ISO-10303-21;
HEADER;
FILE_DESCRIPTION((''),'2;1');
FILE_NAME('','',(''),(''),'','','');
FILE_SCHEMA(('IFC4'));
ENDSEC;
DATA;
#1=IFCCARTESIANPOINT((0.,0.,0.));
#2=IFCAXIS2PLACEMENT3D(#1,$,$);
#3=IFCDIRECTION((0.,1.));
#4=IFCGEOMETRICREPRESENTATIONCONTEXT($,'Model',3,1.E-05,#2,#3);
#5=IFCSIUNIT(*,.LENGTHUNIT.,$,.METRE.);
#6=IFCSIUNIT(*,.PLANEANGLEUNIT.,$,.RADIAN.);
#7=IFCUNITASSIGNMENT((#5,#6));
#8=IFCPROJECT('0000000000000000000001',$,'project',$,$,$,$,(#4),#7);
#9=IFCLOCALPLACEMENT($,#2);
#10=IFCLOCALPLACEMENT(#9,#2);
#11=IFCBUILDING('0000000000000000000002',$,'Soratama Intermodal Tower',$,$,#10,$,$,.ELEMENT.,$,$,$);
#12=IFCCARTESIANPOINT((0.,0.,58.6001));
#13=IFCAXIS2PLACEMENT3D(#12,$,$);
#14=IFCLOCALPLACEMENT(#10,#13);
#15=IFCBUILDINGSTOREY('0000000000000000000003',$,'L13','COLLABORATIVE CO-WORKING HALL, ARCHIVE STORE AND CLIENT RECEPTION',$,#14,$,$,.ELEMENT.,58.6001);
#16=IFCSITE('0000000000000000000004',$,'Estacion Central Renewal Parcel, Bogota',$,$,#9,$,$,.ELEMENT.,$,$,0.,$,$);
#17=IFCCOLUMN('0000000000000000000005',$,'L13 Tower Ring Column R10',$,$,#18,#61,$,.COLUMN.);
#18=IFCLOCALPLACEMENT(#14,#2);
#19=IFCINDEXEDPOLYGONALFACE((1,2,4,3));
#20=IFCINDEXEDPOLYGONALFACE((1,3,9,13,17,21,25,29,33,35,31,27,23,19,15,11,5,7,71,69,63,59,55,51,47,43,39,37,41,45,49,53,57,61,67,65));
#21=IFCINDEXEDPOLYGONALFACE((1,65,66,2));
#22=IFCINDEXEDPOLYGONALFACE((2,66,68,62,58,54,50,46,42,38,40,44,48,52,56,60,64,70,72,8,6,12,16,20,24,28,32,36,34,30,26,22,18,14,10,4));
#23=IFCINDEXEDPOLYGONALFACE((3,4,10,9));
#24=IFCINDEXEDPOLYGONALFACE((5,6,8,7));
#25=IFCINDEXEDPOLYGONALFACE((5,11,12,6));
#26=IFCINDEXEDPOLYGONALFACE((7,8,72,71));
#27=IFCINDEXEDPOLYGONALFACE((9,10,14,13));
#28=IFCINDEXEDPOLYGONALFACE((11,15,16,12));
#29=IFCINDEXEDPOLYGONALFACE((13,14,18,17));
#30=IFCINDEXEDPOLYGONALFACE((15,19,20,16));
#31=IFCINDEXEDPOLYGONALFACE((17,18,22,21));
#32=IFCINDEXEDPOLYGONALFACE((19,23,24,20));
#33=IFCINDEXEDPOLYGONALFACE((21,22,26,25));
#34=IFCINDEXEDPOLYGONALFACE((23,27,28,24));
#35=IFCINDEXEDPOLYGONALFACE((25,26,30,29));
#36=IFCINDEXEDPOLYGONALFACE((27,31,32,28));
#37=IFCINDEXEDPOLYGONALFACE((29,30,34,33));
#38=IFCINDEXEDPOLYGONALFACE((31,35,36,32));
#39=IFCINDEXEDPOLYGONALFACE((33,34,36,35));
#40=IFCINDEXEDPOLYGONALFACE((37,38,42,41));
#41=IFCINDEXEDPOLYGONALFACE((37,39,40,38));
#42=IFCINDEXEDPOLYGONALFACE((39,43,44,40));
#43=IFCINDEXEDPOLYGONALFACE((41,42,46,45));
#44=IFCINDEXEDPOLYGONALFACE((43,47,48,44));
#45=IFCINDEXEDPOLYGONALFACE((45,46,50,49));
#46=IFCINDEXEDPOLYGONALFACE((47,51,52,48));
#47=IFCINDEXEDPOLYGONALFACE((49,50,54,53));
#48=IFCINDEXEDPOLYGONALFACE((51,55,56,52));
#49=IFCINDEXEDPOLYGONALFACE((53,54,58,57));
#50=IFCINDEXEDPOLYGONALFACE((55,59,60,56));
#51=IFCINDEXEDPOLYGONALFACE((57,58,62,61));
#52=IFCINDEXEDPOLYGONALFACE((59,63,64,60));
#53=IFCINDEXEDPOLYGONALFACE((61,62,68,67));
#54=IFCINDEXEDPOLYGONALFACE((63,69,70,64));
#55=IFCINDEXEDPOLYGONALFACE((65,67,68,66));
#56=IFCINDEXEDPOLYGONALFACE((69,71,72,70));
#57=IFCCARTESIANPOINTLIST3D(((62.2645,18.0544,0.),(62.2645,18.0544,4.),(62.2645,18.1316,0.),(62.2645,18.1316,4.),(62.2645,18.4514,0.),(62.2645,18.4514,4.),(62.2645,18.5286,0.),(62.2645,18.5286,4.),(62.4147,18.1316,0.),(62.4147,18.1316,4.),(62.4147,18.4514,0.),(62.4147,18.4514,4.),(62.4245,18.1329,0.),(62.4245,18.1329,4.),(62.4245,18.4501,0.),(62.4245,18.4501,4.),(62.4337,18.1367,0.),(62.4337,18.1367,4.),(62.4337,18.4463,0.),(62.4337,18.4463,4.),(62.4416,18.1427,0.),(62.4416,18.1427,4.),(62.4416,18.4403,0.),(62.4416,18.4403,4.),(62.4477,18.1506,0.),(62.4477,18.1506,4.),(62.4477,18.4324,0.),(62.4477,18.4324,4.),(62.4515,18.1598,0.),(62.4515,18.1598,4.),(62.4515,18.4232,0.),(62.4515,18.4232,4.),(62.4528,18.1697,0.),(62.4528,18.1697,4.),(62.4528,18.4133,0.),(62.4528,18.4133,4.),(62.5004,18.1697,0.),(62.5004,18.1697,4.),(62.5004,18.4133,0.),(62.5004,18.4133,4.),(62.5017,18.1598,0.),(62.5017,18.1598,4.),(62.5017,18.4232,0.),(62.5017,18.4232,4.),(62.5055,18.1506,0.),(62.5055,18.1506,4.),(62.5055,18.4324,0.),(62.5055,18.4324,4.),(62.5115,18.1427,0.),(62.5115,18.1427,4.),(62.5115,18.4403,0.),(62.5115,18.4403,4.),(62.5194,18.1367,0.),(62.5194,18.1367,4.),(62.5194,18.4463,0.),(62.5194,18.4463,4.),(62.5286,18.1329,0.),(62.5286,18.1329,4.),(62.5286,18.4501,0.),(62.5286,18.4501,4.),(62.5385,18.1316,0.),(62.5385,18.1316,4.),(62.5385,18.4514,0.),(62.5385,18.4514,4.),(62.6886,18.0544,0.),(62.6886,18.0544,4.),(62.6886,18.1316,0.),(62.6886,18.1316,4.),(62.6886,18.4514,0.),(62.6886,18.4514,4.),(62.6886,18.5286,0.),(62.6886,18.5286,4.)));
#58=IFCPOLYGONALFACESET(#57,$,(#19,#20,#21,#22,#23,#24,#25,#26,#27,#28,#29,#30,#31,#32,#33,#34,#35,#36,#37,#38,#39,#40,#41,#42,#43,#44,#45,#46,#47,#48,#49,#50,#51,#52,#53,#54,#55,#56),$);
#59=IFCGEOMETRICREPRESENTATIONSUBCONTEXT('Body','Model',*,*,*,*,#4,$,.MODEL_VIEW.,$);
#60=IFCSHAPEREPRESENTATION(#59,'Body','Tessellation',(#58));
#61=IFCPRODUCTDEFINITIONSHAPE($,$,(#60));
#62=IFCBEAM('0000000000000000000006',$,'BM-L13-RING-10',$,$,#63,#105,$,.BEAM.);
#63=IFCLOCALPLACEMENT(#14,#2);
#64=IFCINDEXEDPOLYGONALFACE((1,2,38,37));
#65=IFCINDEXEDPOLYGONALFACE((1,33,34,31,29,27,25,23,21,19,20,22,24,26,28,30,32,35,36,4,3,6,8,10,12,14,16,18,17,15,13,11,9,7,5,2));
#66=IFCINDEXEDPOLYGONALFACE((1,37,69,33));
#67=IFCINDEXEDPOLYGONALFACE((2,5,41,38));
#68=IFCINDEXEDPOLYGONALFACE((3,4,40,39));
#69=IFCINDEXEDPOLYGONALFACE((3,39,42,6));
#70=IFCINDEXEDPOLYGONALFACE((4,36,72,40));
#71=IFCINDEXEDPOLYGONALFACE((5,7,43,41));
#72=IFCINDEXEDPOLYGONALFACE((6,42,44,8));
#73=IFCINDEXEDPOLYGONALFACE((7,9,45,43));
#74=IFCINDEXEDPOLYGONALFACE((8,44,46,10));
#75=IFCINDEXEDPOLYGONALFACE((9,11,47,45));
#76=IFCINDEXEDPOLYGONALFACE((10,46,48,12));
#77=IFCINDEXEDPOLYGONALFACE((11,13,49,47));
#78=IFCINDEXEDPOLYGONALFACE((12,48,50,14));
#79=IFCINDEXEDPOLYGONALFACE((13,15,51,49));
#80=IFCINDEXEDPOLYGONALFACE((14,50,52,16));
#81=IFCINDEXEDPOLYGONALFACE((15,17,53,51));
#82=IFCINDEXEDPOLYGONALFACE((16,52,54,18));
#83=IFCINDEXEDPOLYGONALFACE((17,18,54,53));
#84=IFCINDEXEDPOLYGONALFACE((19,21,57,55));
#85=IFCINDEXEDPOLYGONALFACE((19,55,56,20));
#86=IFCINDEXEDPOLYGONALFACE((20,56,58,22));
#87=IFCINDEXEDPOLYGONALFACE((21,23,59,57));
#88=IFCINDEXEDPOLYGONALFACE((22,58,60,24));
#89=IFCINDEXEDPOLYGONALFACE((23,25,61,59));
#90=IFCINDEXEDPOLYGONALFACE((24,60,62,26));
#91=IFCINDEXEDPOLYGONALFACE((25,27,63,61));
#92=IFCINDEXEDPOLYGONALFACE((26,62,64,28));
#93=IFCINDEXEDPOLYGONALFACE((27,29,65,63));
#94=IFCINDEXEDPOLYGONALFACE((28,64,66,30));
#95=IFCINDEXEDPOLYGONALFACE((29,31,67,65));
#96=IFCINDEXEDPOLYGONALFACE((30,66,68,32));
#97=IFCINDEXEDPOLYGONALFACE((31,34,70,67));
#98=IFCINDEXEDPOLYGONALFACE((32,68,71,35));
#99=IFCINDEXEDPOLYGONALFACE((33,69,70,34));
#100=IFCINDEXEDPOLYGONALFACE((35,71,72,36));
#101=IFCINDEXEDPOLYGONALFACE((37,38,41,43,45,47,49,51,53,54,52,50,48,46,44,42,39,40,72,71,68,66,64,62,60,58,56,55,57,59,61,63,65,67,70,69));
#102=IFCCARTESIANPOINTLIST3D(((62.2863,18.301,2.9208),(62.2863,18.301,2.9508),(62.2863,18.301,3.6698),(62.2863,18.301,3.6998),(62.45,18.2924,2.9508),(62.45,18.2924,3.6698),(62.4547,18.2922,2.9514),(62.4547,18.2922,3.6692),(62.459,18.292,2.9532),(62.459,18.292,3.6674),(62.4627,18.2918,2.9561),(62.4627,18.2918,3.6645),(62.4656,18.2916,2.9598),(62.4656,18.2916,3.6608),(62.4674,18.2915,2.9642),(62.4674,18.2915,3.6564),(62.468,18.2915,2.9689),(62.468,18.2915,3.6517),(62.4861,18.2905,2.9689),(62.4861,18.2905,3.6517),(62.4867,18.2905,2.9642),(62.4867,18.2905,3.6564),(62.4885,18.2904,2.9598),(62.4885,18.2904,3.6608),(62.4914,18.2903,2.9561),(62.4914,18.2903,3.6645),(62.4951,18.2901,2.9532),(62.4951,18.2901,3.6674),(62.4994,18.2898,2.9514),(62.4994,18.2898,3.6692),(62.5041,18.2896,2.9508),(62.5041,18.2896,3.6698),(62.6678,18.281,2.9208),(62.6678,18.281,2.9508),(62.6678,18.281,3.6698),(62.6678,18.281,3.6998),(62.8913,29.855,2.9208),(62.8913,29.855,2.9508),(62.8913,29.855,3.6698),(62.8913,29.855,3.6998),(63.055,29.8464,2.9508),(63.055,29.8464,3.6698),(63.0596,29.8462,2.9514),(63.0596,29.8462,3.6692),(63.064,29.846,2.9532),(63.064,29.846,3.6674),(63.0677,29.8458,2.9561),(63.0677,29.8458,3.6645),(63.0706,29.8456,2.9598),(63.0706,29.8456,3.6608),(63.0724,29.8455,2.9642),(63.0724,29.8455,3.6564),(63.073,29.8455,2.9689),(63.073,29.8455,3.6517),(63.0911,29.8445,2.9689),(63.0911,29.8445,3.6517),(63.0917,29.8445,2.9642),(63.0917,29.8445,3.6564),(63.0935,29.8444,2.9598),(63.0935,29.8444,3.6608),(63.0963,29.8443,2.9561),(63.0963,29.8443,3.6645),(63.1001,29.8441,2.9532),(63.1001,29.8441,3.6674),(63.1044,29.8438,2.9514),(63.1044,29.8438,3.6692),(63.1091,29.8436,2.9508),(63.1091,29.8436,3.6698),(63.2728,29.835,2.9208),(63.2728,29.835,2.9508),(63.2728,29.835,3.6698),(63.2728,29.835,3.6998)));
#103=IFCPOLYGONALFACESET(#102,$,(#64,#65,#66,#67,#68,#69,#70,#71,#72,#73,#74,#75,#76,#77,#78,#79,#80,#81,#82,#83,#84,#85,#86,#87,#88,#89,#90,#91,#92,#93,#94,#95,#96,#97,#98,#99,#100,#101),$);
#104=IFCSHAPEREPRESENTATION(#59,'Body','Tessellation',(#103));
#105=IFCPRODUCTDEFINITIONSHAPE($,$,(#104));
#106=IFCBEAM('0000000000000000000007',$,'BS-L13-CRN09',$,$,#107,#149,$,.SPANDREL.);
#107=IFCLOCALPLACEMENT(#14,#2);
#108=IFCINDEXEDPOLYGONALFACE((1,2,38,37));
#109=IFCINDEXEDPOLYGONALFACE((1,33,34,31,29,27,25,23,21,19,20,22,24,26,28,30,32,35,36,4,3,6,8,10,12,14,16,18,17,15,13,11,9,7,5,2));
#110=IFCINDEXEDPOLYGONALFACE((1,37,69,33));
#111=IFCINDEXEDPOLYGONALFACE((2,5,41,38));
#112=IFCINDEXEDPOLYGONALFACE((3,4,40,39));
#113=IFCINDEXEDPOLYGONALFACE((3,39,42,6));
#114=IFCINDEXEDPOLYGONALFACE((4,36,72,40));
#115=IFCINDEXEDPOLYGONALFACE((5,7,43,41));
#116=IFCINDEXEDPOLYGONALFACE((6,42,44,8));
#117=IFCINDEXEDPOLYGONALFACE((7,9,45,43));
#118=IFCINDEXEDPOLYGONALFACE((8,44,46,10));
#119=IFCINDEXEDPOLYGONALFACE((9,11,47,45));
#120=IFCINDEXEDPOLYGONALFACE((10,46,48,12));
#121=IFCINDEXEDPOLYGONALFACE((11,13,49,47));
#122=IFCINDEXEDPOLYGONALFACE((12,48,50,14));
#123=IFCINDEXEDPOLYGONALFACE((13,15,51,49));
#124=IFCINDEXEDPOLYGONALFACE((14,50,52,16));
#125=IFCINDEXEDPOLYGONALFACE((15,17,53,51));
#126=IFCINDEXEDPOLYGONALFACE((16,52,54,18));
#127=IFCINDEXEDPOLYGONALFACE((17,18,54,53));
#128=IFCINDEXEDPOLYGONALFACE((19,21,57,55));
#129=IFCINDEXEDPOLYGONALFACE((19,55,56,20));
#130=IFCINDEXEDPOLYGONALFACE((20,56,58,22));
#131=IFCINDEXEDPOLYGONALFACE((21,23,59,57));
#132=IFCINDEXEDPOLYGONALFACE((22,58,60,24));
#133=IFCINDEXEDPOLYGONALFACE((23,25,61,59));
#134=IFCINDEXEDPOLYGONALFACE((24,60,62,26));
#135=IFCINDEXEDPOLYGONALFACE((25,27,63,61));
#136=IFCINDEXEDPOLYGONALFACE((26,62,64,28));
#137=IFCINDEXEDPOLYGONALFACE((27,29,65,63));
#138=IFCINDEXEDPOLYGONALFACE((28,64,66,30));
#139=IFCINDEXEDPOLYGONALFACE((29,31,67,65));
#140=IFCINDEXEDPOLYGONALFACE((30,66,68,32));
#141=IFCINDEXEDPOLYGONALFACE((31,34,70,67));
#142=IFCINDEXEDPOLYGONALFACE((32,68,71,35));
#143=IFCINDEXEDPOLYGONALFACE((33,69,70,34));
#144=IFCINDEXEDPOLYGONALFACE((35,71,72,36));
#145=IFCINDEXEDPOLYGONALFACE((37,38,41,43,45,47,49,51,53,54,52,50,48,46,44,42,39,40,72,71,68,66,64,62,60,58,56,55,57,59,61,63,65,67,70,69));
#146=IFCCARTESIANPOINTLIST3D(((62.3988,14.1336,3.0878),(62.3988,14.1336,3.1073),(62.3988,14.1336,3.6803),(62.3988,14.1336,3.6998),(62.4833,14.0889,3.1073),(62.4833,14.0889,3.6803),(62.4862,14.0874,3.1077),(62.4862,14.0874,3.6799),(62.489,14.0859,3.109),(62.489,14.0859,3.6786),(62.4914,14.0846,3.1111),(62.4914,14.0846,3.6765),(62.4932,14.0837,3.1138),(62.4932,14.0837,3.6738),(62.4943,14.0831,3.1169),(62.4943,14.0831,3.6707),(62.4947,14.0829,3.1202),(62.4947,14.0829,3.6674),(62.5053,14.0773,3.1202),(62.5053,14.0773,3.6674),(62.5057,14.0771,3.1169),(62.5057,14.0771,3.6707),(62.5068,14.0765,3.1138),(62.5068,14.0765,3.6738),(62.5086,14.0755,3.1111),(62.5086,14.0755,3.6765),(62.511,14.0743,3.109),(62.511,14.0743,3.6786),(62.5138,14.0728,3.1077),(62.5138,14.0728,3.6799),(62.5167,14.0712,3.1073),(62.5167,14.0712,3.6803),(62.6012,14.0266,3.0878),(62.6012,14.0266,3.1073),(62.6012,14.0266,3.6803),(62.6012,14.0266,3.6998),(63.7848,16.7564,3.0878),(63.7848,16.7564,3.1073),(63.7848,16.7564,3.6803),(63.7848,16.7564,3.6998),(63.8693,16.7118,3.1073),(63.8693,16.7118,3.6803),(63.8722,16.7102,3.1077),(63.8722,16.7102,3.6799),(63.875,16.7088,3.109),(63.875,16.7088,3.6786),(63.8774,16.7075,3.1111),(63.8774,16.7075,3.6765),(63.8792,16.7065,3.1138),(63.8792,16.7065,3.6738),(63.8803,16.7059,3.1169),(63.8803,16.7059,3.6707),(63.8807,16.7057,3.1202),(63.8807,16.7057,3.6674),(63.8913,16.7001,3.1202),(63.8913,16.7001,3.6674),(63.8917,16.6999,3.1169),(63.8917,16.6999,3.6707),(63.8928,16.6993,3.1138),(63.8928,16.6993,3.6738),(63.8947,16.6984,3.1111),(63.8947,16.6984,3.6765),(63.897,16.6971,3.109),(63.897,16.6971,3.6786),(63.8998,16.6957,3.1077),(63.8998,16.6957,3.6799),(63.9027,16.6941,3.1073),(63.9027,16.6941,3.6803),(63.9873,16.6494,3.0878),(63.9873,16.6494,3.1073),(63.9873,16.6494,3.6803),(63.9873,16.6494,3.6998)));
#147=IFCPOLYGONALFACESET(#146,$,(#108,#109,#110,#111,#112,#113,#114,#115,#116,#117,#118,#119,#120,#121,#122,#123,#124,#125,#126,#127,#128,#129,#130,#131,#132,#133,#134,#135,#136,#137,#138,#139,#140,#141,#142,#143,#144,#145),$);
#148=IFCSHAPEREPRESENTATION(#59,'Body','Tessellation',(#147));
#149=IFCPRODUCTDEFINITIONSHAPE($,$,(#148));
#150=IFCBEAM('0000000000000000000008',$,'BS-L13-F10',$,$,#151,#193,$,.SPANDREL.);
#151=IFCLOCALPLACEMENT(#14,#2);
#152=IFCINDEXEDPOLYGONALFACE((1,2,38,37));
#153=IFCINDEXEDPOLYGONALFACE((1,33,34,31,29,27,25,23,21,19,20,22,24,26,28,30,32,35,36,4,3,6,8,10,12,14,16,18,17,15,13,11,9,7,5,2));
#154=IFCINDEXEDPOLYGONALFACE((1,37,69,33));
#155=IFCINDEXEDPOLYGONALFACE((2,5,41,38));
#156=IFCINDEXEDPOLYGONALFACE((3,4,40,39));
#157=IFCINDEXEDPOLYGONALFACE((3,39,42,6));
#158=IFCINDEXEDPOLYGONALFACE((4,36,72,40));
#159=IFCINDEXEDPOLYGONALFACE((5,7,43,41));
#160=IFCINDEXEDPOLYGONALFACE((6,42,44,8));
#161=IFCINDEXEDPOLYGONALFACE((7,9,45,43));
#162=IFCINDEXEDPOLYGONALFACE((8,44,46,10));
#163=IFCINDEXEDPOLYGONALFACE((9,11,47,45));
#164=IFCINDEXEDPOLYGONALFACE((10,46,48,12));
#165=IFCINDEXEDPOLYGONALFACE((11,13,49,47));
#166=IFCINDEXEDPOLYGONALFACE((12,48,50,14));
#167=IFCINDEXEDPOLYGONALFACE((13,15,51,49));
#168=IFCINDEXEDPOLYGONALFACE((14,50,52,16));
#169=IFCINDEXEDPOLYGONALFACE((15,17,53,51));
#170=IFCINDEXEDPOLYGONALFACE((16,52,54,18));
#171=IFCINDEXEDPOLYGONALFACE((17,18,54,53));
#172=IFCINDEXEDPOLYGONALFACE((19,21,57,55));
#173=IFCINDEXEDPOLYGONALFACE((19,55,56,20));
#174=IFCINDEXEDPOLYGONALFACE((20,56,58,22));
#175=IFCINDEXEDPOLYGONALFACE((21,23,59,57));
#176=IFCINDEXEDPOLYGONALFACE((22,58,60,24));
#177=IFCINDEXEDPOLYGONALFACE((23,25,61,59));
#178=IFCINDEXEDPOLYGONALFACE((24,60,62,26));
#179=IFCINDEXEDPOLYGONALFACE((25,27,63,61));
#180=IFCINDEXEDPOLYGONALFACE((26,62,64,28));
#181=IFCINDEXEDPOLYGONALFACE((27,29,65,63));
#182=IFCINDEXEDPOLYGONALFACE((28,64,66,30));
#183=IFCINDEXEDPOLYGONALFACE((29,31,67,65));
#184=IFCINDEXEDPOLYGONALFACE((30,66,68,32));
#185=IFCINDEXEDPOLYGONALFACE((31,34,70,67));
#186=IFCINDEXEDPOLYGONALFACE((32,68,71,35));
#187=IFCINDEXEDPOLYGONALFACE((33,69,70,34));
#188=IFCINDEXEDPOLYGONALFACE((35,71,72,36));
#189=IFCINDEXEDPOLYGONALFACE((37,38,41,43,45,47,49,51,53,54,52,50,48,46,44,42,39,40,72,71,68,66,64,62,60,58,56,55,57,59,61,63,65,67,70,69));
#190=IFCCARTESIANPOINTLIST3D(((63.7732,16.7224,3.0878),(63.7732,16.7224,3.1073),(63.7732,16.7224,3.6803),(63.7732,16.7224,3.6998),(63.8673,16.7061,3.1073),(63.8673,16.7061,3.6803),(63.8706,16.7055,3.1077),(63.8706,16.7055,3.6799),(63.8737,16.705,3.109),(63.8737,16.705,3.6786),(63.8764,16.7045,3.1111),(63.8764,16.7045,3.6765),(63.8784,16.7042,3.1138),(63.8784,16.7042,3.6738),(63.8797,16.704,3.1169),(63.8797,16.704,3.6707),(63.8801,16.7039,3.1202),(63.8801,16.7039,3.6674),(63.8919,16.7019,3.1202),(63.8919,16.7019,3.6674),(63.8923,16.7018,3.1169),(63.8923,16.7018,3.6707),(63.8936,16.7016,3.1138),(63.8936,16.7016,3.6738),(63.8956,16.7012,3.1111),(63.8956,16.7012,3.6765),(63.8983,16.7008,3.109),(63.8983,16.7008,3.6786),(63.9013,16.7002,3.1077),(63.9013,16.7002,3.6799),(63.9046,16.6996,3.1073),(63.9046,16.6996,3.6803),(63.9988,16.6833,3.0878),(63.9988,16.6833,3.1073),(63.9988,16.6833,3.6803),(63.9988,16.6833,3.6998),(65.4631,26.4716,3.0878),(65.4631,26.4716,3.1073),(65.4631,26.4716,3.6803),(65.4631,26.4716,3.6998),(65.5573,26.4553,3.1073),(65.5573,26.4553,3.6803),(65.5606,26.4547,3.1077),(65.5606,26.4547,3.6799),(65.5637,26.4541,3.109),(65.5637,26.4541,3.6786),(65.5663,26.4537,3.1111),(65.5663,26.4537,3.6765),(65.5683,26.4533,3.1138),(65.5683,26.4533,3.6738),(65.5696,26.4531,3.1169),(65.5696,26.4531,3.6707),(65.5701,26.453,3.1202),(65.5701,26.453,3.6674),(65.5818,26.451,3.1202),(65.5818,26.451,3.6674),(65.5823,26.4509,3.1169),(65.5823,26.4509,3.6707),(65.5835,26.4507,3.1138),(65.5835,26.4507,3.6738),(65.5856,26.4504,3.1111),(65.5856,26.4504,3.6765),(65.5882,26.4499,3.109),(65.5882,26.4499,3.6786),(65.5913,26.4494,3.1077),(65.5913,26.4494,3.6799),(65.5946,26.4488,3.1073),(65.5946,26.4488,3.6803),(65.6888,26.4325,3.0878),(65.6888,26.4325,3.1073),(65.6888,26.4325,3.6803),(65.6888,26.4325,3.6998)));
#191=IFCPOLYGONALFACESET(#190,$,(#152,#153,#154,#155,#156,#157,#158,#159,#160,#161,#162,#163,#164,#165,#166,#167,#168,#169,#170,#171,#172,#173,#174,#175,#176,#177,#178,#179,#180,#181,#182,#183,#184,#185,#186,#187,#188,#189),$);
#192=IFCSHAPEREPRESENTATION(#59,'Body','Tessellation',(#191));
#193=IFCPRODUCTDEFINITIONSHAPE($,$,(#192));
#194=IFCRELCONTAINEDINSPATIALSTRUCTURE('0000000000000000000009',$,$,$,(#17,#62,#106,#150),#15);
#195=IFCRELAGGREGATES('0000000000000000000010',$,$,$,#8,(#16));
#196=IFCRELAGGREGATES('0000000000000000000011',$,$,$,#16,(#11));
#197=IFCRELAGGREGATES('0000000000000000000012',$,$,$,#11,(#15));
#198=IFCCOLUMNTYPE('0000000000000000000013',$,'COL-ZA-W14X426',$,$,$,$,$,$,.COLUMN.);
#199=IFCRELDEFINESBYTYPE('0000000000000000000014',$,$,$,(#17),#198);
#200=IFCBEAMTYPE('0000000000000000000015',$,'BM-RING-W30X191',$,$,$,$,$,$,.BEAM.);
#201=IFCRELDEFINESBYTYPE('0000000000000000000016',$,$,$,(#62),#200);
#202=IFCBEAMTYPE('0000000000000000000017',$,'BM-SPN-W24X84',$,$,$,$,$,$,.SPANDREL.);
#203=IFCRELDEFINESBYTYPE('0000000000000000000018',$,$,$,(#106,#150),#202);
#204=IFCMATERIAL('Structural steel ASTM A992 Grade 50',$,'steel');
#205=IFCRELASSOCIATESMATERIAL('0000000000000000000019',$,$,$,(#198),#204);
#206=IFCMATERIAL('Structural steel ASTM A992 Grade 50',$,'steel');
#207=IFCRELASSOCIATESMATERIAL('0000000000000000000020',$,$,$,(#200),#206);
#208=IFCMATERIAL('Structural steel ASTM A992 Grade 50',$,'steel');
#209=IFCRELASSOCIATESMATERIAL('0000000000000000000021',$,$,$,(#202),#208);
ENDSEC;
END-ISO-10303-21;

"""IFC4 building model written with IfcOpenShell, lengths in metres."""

from ifc_helpers import new_model, si_unit, direction, frame, origin, origin_2d, place, context, subcontext, project, spatial, i_section, extrude, material, material_profile, profile_set, type_object, element, save


model = new_model("IFC4")

# Units and contexts
model_context = context("Model", 3, precision=1e-05, world=origin(), true_north=direction((0.0, 1.0)))
body_context = subcontext(model_context, "Body", "Model", "MODEL_VIEW")
ifc_project = project(units=[si_unit("LENGTHUNIT", "METRE"), si_unit("PLANEANGLEUNIT", "RADIAN")], contexts=[model_context])

# Site, building, storey
site_placement = place(None, origin())
site = spatial("IfcSite", under=ifc_project, at=site_placement, Name="Estacion Central Renewal Parcel, Bogota", CompositionType="ELEMENT", RefElevation=0.0)
building_placement = place(site_placement, origin())
building = spatial("IfcBuilding", under=site, at=building_placement, Name="Soratama Intermodal Tower", CompositionType="ELEMENT")
storey_placement = place(building_placement, frame((0.0, 0.0, 58.6001)))
storey = spatial("IfcBuildingStorey", under=building, at=storey_placement, Name="L13", Description="COLLABORATIVE CO-WORKING HALL, ARCHIVE STORE AND CLIENT RECEPTION", CompositionType="ELEMENT", Elevation=58.6001)

# Column
ifc_material_1 = material(Name="Structural steel ASTM A992 Grade 50", Category="steel")
ifc_material_profile_1 = material_profile(ifc_material_1, i_section(OverallWidth=0.4241, OverallDepth=0.4741, WebThickness=0.0476, FlangeThickness=0.0771, FilletRadius=0.0381, at=origin_2d()), Name="W14X426")
ifc_profile_set_1 = profile_set([ifc_material_profile_1], Name="Structural steel ASTM A992 Grade 50")
column_type = type_object("IfcColumnType", Name="COL-ZA-W14X426", PredefinedType="COLUMN", material=ifc_profile_set_1)
column_placement = place(storey_placement, frame((62.4766, 18.2915, 0.0), z_axis=(0.0, 0.0, 1.0), x_axis=(1.0, 0.0, 0.0)))
element("IfcColumn", 1, at=column_placement, inside=storey, type_object=column_type, Name="L13 Tower Ring Column R10", PredefinedType="COLUMN", context=body_context, shape_type="SweptSolid", body=[
    extrude(i_section(OverallWidth=0.4241, OverallDepth=0.4741, WebThickness=0.0476, FlangeThickness=0.0771, FilletRadius=0.0381, at=origin_2d()), origin(), (0.0, 0.0, 1.0), 4.0),
])

# Beams
ifc_material_2 = material(Name="Structural steel ASTM A992 Grade 50", Category="steel")
ifc_material_profile_2 = material_profile(ifc_material_2, i_section(OverallWidth=0.3821, OverallDepth=0.7791, WebThickness=0.0181, FlangeThickness=0.03, FilletRadius=0.0181, at=origin_2d()), Name="W30X191")
ifc_profile_set_2 = profile_set([ifc_material_profile_2], Name="Structural steel ASTM A992 Grade 50")
beam_type_1 = type_object("IfcBeamType", Name="BM-RING-W30X191", PredefinedType="BEAM", material=ifc_profile_set_2)
beam_1_placement = place(storey_placement, frame((62.4771, 18.291, 3.3103), z_axis=(0.05229, 0.998632, 0.0), x_axis=(-0.998632, 0.05229, 0.0)))
element("IfcBeam", 2, at=beam_1_placement, inside=storey, type_object=beam_type_1, Name="BM-L13-RING-10", PredefinedType="BEAM", context=body_context, shape_type="SweptSolid", body=[
    extrude(i_section(OverallWidth=0.3821, OverallDepth=0.7791, WebThickness=0.0181, FlangeThickness=0.03, FilletRadius=0.0181, at=origin_2d()), origin(), (0.0, 0.0, 1.0), 11.5698),
])
ifc_material_3 = material(Name="Structural steel ASTM A992 Grade 50", Category="steel")
ifc_material_profile_3 = material_profile(ifc_material_3, i_section(OverallWidth=0.229, OverallDepth=0.6121, WebThickness=0.012, FlangeThickness=0.0195, FilletRadius=0.0129, at=origin_2d()), Name="W24X84")
ifc_profile_set_3 = profile_set([ifc_material_profile_3], Name="Structural steel ASTM A992 Grade 50")
beam_type_2 = type_object("IfcBeamType", Name="BM-SPN-W24X84", PredefinedType="SPANDREL", material=ifc_profile_set_3)
beam_2_placement = place(storey_placement, frame((62.5, 14.0801, 3.3938), z_axis=(0.467215, 0.884144, 0.0), x_axis=(-0.884144, 0.467215, 0.0)))
element("IfcBeam", 3, at=beam_2_placement, inside=storey, type_object=beam_type_2, Name="BS-L13-CRN09", PredefinedType="SPANDREL", context=body_context, shape_type="SweptSolid", body=[
    extrude(i_section(OverallWidth=0.229, OverallDepth=0.6121, WebThickness=0.012, FlangeThickness=0.0195, FilletRadius=0.0129, at=origin_2d()), origin(), (0.0, 0.0, 1.0), 2.9666),
])
beam_3_placement = place(storey_placement, frame((63.886, 16.7029, 3.3938), z_axis=(0.170798, 0.985306, 0.0), x_axis=(-0.985306, 0.170798, 0.0)))
element("IfcBeam", 4, at=beam_3_placement, inside=storey, type_object=beam_type_2, Name="BS-L13-F10", PredefinedType="SPANDREL", context=body_context, shape_type="SweptSolid", body=[
    extrude(i_section(OverallWidth=0.229, OverallDepth=0.6121, WebThickness=0.012, FlangeThickness=0.0195, FilletRadius=0.0129, at=origin_2d()), origin(), (0.0, 0.0, 1.0), 9.8945),
])

save(model, "model.ifc")
